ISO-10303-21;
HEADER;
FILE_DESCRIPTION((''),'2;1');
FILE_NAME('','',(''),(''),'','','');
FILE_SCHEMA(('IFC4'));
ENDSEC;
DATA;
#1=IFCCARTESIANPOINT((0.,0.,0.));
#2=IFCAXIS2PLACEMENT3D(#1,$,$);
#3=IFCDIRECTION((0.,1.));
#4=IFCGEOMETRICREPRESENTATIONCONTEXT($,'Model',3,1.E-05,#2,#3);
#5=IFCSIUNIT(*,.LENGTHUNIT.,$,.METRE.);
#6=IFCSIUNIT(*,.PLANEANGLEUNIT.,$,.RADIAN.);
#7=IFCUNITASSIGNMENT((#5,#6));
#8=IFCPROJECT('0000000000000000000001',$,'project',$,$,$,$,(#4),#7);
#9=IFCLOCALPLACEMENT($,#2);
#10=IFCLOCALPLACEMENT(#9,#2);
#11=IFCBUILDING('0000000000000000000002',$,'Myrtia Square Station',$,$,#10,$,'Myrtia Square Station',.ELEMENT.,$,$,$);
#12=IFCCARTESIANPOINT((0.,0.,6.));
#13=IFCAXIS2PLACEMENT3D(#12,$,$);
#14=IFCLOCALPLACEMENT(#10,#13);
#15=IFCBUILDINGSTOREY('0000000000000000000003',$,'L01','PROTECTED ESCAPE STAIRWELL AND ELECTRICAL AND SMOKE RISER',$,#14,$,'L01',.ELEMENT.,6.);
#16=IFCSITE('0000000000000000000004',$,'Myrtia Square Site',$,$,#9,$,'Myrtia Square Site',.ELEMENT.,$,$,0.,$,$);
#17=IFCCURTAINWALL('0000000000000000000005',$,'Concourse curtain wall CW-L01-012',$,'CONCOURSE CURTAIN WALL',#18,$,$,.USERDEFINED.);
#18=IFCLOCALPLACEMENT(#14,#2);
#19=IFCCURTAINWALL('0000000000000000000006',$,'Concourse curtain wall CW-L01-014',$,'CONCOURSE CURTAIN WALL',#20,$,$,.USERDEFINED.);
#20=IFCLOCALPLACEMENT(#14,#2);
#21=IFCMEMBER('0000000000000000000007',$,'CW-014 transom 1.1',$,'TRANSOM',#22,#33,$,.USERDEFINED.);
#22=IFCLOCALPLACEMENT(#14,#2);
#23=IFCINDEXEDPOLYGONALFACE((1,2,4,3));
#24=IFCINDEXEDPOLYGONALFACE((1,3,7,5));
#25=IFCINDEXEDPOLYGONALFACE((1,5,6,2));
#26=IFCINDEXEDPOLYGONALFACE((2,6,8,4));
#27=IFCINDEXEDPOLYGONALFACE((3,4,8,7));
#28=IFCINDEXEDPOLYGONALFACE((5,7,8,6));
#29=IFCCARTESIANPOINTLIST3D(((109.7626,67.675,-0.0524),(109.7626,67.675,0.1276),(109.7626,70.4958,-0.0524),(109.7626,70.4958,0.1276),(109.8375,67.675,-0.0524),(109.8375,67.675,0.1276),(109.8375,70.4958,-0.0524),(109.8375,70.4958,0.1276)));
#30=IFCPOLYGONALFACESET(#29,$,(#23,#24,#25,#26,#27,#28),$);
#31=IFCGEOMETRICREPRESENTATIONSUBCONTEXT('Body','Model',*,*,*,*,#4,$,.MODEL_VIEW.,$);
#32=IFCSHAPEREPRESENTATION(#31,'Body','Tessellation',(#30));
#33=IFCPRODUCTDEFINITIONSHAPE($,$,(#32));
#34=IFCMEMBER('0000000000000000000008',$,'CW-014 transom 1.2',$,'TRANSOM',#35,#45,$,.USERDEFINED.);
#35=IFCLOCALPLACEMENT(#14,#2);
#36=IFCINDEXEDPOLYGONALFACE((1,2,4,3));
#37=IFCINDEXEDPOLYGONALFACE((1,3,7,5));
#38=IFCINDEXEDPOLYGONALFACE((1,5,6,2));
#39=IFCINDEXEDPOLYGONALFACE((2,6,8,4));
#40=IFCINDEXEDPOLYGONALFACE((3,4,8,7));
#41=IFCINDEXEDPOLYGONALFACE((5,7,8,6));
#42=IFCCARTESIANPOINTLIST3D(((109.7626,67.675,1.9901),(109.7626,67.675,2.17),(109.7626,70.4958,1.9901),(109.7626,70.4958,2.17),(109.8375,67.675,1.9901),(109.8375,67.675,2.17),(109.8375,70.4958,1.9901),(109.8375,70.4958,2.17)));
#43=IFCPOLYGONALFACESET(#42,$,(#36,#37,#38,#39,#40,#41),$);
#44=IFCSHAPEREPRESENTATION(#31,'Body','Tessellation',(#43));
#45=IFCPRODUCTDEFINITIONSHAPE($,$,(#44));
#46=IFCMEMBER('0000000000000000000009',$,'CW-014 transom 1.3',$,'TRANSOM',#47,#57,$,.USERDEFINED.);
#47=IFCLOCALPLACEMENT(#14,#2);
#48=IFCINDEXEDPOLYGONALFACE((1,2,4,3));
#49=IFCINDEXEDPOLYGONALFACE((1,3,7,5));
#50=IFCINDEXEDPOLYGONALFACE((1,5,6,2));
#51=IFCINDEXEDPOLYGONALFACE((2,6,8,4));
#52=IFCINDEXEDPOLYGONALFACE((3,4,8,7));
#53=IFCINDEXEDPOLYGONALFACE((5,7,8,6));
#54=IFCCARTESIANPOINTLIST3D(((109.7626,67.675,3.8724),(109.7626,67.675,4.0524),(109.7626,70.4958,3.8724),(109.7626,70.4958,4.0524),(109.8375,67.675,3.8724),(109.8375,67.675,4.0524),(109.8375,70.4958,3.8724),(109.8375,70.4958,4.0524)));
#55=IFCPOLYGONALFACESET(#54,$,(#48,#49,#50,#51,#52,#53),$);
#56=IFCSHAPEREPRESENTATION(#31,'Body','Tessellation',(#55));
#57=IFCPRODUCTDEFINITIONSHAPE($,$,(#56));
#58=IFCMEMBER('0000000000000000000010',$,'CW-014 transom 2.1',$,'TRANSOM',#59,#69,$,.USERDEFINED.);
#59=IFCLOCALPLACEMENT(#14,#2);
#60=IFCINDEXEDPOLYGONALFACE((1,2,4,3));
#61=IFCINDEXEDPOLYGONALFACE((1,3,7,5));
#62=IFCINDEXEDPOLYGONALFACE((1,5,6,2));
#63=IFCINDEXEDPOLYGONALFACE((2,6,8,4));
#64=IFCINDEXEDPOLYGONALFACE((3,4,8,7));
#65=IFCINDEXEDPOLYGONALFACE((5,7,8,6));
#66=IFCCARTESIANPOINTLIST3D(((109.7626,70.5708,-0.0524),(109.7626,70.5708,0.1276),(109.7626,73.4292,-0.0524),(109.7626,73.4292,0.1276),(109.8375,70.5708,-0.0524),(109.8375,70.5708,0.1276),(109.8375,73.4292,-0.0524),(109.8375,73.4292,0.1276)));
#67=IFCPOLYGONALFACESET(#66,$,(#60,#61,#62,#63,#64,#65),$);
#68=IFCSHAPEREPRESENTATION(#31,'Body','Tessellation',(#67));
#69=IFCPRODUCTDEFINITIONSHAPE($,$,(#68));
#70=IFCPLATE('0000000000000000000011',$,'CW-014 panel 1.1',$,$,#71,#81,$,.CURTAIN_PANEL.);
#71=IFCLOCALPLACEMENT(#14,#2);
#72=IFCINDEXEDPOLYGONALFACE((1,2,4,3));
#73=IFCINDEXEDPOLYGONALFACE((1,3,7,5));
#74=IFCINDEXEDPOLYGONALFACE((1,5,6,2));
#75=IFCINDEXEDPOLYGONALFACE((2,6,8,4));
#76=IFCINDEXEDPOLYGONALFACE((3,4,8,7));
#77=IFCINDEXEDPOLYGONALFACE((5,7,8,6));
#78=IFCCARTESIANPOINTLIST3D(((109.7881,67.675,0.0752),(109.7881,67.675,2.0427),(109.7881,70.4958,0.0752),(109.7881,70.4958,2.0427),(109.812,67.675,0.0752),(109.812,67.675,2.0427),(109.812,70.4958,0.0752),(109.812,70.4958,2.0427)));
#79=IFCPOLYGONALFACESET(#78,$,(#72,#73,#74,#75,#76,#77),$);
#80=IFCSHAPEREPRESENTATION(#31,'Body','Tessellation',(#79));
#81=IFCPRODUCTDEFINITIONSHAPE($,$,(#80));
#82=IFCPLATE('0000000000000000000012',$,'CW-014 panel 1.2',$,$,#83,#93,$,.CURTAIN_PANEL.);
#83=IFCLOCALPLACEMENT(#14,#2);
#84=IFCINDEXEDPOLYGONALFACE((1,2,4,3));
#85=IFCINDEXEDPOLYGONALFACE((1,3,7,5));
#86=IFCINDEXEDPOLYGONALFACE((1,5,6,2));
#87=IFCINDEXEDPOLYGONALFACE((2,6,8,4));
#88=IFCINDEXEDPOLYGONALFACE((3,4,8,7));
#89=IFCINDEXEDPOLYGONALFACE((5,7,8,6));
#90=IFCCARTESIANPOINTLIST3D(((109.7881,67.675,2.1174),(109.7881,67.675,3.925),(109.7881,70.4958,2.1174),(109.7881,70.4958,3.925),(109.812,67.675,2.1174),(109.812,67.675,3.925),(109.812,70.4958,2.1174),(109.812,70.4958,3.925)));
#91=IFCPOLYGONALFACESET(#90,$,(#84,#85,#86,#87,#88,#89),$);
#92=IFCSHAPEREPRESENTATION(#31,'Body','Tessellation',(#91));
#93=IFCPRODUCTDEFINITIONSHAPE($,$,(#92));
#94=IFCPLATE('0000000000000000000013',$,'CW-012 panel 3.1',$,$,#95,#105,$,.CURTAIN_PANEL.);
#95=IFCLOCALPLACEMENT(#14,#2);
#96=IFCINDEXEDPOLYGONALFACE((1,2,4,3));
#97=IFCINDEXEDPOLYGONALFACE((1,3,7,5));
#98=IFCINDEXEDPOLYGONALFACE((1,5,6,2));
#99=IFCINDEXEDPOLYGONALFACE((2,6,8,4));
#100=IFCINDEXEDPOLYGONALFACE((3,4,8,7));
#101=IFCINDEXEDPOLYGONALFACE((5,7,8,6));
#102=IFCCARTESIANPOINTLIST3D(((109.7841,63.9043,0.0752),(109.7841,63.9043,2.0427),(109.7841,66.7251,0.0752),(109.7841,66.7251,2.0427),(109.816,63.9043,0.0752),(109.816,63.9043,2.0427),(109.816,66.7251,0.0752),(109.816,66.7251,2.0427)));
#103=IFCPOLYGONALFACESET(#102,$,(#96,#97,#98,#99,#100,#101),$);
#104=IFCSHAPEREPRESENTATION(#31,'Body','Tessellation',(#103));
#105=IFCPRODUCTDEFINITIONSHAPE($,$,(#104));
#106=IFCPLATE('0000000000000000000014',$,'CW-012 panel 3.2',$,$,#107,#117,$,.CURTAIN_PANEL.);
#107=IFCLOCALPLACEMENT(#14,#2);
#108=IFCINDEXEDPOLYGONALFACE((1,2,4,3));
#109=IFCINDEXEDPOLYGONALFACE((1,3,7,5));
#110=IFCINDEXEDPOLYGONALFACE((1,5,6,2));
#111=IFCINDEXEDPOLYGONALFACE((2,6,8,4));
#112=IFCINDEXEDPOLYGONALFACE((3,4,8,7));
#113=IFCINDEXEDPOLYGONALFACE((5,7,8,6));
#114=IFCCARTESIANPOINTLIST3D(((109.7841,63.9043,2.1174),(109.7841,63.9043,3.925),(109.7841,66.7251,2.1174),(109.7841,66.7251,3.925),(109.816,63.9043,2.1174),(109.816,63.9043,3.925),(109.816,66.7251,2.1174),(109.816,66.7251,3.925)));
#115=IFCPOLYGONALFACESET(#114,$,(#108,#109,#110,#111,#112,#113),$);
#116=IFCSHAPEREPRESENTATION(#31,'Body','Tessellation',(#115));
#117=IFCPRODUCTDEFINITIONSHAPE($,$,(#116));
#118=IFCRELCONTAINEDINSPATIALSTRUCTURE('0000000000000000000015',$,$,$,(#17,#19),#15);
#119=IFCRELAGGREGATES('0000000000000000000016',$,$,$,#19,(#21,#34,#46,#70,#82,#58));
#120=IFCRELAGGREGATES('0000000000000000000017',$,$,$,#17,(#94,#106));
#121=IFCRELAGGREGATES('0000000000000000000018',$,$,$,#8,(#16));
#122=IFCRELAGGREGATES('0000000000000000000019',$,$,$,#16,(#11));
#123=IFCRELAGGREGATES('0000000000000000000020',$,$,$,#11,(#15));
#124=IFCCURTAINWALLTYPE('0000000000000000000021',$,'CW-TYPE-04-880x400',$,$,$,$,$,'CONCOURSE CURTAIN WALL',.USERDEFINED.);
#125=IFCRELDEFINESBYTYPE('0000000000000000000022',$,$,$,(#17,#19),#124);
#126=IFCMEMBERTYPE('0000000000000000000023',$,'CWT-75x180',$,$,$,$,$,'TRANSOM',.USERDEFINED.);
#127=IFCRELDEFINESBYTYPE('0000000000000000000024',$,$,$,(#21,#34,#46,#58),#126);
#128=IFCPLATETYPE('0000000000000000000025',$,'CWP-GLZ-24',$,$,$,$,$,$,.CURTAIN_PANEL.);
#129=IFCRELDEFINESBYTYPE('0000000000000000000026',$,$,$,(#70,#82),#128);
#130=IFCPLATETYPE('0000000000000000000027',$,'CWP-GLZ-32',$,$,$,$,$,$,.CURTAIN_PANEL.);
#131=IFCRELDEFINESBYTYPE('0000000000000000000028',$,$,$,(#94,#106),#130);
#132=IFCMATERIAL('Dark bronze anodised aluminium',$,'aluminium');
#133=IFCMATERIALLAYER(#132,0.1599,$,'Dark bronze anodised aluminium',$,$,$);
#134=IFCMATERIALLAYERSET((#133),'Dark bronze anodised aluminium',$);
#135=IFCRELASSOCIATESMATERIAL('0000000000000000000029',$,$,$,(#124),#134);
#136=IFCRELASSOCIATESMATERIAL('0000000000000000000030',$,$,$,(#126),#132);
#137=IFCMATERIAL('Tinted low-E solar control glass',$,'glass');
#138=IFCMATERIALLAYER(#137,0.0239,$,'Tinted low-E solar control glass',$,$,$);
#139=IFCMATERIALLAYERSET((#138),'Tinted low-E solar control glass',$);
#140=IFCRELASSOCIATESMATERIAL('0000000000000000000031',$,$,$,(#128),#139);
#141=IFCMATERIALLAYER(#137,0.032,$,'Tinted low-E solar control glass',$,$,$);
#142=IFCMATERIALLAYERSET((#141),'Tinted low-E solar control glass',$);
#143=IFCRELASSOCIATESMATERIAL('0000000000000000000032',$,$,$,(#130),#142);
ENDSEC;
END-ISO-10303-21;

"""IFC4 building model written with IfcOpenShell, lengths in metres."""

from ifc_helpers import new_model, si_unit, direction, frame, origin, origin_2d, place, context, subcontext, project, spatial, rectangle, extrude, material, layer, layer_set, material_profile, profile_set, type_object, element, aggregate, save


model = new_model("IFC4")

# Units and contexts
model_context = context("Model", 3, precision=1e-05, world=origin(), true_north=direction((0.0, 1.0)))
body_context = subcontext(model_context, "Body", "Model", "MODEL_VIEW")
ifc_project = project(units=[si_unit("LENGTHUNIT", "METRE"), si_unit("PLANEANGLEUNIT", "RADIAN")], contexts=[model_context])

# Site, building, storey
site_placement = place(None, origin())
site = spatial("IfcSite", under=ifc_project, at=site_placement, Name="Myrtia Square Site", LongName="Myrtia Square Site", CompositionType="ELEMENT", RefElevation=0.0)
building_placement = place(site_placement, origin())
building = spatial("IfcBuilding", under=site, at=building_placement, Name="Myrtia Square Station", LongName="Myrtia Square Station", CompositionType="ELEMENT")
storey_placement = place(building_placement, frame((0.0, 0.0, 6.0)))
storey = spatial("IfcBuildingStorey", under=building, at=storey_placement, Name="L01", Description="PROTECTED ESCAPE STAIRWELL AND ELECTRICAL AND SMOKE RISER", LongName="L01", CompositionType="ELEMENT", Elevation=6.0)

# Curtain walls
ifc_material_1 = material(Name="Dark bronze anodised aluminium", Category="aluminium")
ifc_layer_1 = layer(ifc_material_1, 0.1599, Name="Dark bronze anodised aluminium")
ifc_layer_set_1 = layer_set([ifc_layer_1], Name="Dark bronze anodised aluminium")
curtain_wall_type = type_object("IfcCurtainWallType", Name="CW-TYPE-04-880x400", ElementType="CONCOURSE CURTAIN WALL", PredefinedType="USERDEFINED", material=ifc_layer_set_1)
curtain_wall_1_placement = place(storey_placement, origin())
curtain_wall_1 = element("IfcCurtainWall", 1, at=curtain_wall_1_placement, inside=storey, type_object=curtain_wall_type, Name="Concourse curtain wall CW-L01-012", ObjectType="CONCOURSE CURTAIN WALL", PredefinedType="USERDEFINED")
curtain_wall_2_placement = place(storey_placement, origin())
curtain_wall_2 = element("IfcCurtainWall", 2, at=curtain_wall_2_placement, inside=storey, type_object=curtain_wall_type, Name="Concourse curtain wall CW-L01-014", ObjectType="CONCOURSE CURTAIN WALL", PredefinedType="USERDEFINED")

# Members
ifc_material_profile_1 = material_profile(ifc_material_1, rectangle(XDim=0.075, YDim=0.1799, at=origin_2d()), Name="ALU-T 75x180")
ifc_profile_set_1 = profile_set([ifc_material_profile_1], Name="Dark bronze anodised aluminium")
member_type_1 = type_object("IfcMemberType", Name="CWT-75x180", ElementType="TRANSOM", PredefinedType="USERDEFINED", material=ifc_profile_set_1)
member_1_placement = place(storey_placement, frame((109.8, 67.675, 0.0376), z_axis=(0.0, 1.0, 0.0), x_axis=(-1.0, 0.0, 0.0)))
member_1 = element("IfcMember", 3, at=member_1_placement, type_object=member_type_1, Name="CW-014 transom 1.1", ObjectType="TRANSOM", PredefinedType="USERDEFINED", context=body_context, shape_type="SweptSolid", body=[
    extrude(rectangle(XDim=0.075, YDim=0.1799, at=origin_2d()), origin(), (0.0, 0.0, 1.0), 2.8208),
])
member_2_placement = place(storey_placement, frame((109.8, 67.675, 2.0801), z_axis=(0.0, 1.0, 0.0), x_axis=(-1.0, 0.0, 0.0)))
member_2 = element("IfcMember", 4, at=member_2_placement, type_object=member_type_1, Name="CW-014 transom 1.2", ObjectType="TRANSOM", PredefinedType="USERDEFINED", context=body_context, shape_type="SweptSolid", body=[
    extrude(rectangle(XDim=0.075, YDim=0.1799, at=origin_2d()), origin(), (0.0, 0.0, 1.0), 2.8208),
])
member_3_placement = place(storey_placement, frame((109.8, 67.675, 3.9624), z_axis=(0.0, 1.0, 0.0), x_axis=(-1.0, 0.0, 0.0)))
member_3 = element("IfcMember", 5, at=member_3_placement, type_object=member_type_1, Name="CW-014 transom 1.3", ObjectType="TRANSOM", PredefinedType="USERDEFINED", context=body_context, shape_type="SweptSolid", body=[
    extrude(rectangle(XDim=0.075, YDim=0.1799, at=origin_2d()), origin(), (0.0, 0.0, 1.0), 2.8208),
])
member_4_placement = place(storey_placement, frame((109.8, 70.5708, 0.0376), z_axis=(0.0, 1.0, 0.0), x_axis=(-1.0, 0.0, 0.0)))
member_4 = element("IfcMember", 6, at=member_4_placement, type_object=member_type_1, Name="CW-014 transom 2.1", ObjectType="TRANSOM", PredefinedType="USERDEFINED", context=body_context, shape_type="SweptSolid", body=[
    extrude(rectangle(XDim=0.075, YDim=0.1799, at=origin_2d()), origin(), (0.0, 0.0, 1.0), 2.8584),
])

# Plates
ifc_material_2 = material(Name="Tinted low-E solar control glass", Category="glass")
ifc_layer_2 = layer(ifc_material_2, 0.0239, Name="Tinted low-E solar control glass")
ifc_layer_set_2 = layer_set([ifc_layer_2], Name="Tinted low-E solar control glass")
plate_type_1 = type_object("IfcPlateType", Name="CWP-GLZ-24", PredefinedType="CURTAIN_PANEL", material=ifc_layer_set_2)
plate_1_placement = place(storey_placement, frame((109.8, 69.0854, 0.0752), z_axis=(0.0, 0.0, 1.0), x_axis=(0.0, 1.0, 0.0)))
plate_1 = element("IfcPlate", 7, at=plate_1_placement, type_object=plate_type_1, Name="CW-014 panel 1.1", PredefinedType="CURTAIN_PANEL", context=body_context, shape_type="SweptSolid", body=[
    extrude(rectangle(XDim=2.8208, YDim=0.0239, at=origin_2d()), origin(), (0.0, 0.0, 1.0), 1.9675),
])
plate_2_placement = place(storey_placement, frame((109.8, 69.0854, 2.1174), z_axis=(0.0, 0.0, 1.0), x_axis=(0.0, 1.0, 0.0)))
plate_2 = element("IfcPlate", 8, at=plate_2_placement, type_object=plate_type_1, Name="CW-014 panel 1.2", PredefinedType="CURTAIN_PANEL", context=body_context, shape_type="SweptSolid", body=[
    extrude(rectangle(XDim=2.8208, YDim=0.0239, at=origin_2d()), origin(), (0.0, 0.0, 1.0), 1.8076),
])
aggregate(curtain_wall_2, [member_1, member_2, member_3, plate_1, plate_2, member_4])
ifc_layer_3 = layer(ifc_material_2, 0.032, Name="Tinted low-E solar control glass")
ifc_layer_set_3 = layer_set([ifc_layer_3], Name="Tinted low-E solar control glass")
plate_type_2 = type_object("IfcPlateType", Name="CWP-GLZ-32", PredefinedType="CURTAIN_PANEL", material=ifc_layer_set_3)
plate_3_placement = place(storey_placement, frame((109.8, 65.3147, 0.0752), z_axis=(0.0, 0.0, 1.0), x_axis=(0.0, 1.0, 0.0)))
plate_3 = element("IfcPlate", 9, at=plate_3_placement, type_object=plate_type_2, Name="CW-012 panel 3.1", PredefinedType="CURTAIN_PANEL", context=body_context, shape_type="SweptSolid", body=[
    extrude(rectangle(XDim=2.8208, YDim=0.032, at=origin_2d()), origin(), (0.0, 0.0, 1.0), 1.9675),
])
plate_4_placement = place(storey_placement, frame((109.8, 65.3147, 2.1174), z_axis=(0.0, 0.0, 1.0), x_axis=(0.0, 1.0, 0.0)))
plate_4 = element("IfcPlate", 10, at=plate_4_placement, type_object=plate_type_2, Name="CW-012 panel 3.2", PredefinedType="CURTAIN_PANEL", context=body_context, shape_type="SweptSolid", body=[
    extrude(rectangle(XDim=2.8208, YDim=0.032, at=origin_2d()), origin(), (0.0, 0.0, 1.0), 1.8076),
])
aggregate(curtain_wall_1, [plate_3, plate_4])

save(model, "model.ifc")
